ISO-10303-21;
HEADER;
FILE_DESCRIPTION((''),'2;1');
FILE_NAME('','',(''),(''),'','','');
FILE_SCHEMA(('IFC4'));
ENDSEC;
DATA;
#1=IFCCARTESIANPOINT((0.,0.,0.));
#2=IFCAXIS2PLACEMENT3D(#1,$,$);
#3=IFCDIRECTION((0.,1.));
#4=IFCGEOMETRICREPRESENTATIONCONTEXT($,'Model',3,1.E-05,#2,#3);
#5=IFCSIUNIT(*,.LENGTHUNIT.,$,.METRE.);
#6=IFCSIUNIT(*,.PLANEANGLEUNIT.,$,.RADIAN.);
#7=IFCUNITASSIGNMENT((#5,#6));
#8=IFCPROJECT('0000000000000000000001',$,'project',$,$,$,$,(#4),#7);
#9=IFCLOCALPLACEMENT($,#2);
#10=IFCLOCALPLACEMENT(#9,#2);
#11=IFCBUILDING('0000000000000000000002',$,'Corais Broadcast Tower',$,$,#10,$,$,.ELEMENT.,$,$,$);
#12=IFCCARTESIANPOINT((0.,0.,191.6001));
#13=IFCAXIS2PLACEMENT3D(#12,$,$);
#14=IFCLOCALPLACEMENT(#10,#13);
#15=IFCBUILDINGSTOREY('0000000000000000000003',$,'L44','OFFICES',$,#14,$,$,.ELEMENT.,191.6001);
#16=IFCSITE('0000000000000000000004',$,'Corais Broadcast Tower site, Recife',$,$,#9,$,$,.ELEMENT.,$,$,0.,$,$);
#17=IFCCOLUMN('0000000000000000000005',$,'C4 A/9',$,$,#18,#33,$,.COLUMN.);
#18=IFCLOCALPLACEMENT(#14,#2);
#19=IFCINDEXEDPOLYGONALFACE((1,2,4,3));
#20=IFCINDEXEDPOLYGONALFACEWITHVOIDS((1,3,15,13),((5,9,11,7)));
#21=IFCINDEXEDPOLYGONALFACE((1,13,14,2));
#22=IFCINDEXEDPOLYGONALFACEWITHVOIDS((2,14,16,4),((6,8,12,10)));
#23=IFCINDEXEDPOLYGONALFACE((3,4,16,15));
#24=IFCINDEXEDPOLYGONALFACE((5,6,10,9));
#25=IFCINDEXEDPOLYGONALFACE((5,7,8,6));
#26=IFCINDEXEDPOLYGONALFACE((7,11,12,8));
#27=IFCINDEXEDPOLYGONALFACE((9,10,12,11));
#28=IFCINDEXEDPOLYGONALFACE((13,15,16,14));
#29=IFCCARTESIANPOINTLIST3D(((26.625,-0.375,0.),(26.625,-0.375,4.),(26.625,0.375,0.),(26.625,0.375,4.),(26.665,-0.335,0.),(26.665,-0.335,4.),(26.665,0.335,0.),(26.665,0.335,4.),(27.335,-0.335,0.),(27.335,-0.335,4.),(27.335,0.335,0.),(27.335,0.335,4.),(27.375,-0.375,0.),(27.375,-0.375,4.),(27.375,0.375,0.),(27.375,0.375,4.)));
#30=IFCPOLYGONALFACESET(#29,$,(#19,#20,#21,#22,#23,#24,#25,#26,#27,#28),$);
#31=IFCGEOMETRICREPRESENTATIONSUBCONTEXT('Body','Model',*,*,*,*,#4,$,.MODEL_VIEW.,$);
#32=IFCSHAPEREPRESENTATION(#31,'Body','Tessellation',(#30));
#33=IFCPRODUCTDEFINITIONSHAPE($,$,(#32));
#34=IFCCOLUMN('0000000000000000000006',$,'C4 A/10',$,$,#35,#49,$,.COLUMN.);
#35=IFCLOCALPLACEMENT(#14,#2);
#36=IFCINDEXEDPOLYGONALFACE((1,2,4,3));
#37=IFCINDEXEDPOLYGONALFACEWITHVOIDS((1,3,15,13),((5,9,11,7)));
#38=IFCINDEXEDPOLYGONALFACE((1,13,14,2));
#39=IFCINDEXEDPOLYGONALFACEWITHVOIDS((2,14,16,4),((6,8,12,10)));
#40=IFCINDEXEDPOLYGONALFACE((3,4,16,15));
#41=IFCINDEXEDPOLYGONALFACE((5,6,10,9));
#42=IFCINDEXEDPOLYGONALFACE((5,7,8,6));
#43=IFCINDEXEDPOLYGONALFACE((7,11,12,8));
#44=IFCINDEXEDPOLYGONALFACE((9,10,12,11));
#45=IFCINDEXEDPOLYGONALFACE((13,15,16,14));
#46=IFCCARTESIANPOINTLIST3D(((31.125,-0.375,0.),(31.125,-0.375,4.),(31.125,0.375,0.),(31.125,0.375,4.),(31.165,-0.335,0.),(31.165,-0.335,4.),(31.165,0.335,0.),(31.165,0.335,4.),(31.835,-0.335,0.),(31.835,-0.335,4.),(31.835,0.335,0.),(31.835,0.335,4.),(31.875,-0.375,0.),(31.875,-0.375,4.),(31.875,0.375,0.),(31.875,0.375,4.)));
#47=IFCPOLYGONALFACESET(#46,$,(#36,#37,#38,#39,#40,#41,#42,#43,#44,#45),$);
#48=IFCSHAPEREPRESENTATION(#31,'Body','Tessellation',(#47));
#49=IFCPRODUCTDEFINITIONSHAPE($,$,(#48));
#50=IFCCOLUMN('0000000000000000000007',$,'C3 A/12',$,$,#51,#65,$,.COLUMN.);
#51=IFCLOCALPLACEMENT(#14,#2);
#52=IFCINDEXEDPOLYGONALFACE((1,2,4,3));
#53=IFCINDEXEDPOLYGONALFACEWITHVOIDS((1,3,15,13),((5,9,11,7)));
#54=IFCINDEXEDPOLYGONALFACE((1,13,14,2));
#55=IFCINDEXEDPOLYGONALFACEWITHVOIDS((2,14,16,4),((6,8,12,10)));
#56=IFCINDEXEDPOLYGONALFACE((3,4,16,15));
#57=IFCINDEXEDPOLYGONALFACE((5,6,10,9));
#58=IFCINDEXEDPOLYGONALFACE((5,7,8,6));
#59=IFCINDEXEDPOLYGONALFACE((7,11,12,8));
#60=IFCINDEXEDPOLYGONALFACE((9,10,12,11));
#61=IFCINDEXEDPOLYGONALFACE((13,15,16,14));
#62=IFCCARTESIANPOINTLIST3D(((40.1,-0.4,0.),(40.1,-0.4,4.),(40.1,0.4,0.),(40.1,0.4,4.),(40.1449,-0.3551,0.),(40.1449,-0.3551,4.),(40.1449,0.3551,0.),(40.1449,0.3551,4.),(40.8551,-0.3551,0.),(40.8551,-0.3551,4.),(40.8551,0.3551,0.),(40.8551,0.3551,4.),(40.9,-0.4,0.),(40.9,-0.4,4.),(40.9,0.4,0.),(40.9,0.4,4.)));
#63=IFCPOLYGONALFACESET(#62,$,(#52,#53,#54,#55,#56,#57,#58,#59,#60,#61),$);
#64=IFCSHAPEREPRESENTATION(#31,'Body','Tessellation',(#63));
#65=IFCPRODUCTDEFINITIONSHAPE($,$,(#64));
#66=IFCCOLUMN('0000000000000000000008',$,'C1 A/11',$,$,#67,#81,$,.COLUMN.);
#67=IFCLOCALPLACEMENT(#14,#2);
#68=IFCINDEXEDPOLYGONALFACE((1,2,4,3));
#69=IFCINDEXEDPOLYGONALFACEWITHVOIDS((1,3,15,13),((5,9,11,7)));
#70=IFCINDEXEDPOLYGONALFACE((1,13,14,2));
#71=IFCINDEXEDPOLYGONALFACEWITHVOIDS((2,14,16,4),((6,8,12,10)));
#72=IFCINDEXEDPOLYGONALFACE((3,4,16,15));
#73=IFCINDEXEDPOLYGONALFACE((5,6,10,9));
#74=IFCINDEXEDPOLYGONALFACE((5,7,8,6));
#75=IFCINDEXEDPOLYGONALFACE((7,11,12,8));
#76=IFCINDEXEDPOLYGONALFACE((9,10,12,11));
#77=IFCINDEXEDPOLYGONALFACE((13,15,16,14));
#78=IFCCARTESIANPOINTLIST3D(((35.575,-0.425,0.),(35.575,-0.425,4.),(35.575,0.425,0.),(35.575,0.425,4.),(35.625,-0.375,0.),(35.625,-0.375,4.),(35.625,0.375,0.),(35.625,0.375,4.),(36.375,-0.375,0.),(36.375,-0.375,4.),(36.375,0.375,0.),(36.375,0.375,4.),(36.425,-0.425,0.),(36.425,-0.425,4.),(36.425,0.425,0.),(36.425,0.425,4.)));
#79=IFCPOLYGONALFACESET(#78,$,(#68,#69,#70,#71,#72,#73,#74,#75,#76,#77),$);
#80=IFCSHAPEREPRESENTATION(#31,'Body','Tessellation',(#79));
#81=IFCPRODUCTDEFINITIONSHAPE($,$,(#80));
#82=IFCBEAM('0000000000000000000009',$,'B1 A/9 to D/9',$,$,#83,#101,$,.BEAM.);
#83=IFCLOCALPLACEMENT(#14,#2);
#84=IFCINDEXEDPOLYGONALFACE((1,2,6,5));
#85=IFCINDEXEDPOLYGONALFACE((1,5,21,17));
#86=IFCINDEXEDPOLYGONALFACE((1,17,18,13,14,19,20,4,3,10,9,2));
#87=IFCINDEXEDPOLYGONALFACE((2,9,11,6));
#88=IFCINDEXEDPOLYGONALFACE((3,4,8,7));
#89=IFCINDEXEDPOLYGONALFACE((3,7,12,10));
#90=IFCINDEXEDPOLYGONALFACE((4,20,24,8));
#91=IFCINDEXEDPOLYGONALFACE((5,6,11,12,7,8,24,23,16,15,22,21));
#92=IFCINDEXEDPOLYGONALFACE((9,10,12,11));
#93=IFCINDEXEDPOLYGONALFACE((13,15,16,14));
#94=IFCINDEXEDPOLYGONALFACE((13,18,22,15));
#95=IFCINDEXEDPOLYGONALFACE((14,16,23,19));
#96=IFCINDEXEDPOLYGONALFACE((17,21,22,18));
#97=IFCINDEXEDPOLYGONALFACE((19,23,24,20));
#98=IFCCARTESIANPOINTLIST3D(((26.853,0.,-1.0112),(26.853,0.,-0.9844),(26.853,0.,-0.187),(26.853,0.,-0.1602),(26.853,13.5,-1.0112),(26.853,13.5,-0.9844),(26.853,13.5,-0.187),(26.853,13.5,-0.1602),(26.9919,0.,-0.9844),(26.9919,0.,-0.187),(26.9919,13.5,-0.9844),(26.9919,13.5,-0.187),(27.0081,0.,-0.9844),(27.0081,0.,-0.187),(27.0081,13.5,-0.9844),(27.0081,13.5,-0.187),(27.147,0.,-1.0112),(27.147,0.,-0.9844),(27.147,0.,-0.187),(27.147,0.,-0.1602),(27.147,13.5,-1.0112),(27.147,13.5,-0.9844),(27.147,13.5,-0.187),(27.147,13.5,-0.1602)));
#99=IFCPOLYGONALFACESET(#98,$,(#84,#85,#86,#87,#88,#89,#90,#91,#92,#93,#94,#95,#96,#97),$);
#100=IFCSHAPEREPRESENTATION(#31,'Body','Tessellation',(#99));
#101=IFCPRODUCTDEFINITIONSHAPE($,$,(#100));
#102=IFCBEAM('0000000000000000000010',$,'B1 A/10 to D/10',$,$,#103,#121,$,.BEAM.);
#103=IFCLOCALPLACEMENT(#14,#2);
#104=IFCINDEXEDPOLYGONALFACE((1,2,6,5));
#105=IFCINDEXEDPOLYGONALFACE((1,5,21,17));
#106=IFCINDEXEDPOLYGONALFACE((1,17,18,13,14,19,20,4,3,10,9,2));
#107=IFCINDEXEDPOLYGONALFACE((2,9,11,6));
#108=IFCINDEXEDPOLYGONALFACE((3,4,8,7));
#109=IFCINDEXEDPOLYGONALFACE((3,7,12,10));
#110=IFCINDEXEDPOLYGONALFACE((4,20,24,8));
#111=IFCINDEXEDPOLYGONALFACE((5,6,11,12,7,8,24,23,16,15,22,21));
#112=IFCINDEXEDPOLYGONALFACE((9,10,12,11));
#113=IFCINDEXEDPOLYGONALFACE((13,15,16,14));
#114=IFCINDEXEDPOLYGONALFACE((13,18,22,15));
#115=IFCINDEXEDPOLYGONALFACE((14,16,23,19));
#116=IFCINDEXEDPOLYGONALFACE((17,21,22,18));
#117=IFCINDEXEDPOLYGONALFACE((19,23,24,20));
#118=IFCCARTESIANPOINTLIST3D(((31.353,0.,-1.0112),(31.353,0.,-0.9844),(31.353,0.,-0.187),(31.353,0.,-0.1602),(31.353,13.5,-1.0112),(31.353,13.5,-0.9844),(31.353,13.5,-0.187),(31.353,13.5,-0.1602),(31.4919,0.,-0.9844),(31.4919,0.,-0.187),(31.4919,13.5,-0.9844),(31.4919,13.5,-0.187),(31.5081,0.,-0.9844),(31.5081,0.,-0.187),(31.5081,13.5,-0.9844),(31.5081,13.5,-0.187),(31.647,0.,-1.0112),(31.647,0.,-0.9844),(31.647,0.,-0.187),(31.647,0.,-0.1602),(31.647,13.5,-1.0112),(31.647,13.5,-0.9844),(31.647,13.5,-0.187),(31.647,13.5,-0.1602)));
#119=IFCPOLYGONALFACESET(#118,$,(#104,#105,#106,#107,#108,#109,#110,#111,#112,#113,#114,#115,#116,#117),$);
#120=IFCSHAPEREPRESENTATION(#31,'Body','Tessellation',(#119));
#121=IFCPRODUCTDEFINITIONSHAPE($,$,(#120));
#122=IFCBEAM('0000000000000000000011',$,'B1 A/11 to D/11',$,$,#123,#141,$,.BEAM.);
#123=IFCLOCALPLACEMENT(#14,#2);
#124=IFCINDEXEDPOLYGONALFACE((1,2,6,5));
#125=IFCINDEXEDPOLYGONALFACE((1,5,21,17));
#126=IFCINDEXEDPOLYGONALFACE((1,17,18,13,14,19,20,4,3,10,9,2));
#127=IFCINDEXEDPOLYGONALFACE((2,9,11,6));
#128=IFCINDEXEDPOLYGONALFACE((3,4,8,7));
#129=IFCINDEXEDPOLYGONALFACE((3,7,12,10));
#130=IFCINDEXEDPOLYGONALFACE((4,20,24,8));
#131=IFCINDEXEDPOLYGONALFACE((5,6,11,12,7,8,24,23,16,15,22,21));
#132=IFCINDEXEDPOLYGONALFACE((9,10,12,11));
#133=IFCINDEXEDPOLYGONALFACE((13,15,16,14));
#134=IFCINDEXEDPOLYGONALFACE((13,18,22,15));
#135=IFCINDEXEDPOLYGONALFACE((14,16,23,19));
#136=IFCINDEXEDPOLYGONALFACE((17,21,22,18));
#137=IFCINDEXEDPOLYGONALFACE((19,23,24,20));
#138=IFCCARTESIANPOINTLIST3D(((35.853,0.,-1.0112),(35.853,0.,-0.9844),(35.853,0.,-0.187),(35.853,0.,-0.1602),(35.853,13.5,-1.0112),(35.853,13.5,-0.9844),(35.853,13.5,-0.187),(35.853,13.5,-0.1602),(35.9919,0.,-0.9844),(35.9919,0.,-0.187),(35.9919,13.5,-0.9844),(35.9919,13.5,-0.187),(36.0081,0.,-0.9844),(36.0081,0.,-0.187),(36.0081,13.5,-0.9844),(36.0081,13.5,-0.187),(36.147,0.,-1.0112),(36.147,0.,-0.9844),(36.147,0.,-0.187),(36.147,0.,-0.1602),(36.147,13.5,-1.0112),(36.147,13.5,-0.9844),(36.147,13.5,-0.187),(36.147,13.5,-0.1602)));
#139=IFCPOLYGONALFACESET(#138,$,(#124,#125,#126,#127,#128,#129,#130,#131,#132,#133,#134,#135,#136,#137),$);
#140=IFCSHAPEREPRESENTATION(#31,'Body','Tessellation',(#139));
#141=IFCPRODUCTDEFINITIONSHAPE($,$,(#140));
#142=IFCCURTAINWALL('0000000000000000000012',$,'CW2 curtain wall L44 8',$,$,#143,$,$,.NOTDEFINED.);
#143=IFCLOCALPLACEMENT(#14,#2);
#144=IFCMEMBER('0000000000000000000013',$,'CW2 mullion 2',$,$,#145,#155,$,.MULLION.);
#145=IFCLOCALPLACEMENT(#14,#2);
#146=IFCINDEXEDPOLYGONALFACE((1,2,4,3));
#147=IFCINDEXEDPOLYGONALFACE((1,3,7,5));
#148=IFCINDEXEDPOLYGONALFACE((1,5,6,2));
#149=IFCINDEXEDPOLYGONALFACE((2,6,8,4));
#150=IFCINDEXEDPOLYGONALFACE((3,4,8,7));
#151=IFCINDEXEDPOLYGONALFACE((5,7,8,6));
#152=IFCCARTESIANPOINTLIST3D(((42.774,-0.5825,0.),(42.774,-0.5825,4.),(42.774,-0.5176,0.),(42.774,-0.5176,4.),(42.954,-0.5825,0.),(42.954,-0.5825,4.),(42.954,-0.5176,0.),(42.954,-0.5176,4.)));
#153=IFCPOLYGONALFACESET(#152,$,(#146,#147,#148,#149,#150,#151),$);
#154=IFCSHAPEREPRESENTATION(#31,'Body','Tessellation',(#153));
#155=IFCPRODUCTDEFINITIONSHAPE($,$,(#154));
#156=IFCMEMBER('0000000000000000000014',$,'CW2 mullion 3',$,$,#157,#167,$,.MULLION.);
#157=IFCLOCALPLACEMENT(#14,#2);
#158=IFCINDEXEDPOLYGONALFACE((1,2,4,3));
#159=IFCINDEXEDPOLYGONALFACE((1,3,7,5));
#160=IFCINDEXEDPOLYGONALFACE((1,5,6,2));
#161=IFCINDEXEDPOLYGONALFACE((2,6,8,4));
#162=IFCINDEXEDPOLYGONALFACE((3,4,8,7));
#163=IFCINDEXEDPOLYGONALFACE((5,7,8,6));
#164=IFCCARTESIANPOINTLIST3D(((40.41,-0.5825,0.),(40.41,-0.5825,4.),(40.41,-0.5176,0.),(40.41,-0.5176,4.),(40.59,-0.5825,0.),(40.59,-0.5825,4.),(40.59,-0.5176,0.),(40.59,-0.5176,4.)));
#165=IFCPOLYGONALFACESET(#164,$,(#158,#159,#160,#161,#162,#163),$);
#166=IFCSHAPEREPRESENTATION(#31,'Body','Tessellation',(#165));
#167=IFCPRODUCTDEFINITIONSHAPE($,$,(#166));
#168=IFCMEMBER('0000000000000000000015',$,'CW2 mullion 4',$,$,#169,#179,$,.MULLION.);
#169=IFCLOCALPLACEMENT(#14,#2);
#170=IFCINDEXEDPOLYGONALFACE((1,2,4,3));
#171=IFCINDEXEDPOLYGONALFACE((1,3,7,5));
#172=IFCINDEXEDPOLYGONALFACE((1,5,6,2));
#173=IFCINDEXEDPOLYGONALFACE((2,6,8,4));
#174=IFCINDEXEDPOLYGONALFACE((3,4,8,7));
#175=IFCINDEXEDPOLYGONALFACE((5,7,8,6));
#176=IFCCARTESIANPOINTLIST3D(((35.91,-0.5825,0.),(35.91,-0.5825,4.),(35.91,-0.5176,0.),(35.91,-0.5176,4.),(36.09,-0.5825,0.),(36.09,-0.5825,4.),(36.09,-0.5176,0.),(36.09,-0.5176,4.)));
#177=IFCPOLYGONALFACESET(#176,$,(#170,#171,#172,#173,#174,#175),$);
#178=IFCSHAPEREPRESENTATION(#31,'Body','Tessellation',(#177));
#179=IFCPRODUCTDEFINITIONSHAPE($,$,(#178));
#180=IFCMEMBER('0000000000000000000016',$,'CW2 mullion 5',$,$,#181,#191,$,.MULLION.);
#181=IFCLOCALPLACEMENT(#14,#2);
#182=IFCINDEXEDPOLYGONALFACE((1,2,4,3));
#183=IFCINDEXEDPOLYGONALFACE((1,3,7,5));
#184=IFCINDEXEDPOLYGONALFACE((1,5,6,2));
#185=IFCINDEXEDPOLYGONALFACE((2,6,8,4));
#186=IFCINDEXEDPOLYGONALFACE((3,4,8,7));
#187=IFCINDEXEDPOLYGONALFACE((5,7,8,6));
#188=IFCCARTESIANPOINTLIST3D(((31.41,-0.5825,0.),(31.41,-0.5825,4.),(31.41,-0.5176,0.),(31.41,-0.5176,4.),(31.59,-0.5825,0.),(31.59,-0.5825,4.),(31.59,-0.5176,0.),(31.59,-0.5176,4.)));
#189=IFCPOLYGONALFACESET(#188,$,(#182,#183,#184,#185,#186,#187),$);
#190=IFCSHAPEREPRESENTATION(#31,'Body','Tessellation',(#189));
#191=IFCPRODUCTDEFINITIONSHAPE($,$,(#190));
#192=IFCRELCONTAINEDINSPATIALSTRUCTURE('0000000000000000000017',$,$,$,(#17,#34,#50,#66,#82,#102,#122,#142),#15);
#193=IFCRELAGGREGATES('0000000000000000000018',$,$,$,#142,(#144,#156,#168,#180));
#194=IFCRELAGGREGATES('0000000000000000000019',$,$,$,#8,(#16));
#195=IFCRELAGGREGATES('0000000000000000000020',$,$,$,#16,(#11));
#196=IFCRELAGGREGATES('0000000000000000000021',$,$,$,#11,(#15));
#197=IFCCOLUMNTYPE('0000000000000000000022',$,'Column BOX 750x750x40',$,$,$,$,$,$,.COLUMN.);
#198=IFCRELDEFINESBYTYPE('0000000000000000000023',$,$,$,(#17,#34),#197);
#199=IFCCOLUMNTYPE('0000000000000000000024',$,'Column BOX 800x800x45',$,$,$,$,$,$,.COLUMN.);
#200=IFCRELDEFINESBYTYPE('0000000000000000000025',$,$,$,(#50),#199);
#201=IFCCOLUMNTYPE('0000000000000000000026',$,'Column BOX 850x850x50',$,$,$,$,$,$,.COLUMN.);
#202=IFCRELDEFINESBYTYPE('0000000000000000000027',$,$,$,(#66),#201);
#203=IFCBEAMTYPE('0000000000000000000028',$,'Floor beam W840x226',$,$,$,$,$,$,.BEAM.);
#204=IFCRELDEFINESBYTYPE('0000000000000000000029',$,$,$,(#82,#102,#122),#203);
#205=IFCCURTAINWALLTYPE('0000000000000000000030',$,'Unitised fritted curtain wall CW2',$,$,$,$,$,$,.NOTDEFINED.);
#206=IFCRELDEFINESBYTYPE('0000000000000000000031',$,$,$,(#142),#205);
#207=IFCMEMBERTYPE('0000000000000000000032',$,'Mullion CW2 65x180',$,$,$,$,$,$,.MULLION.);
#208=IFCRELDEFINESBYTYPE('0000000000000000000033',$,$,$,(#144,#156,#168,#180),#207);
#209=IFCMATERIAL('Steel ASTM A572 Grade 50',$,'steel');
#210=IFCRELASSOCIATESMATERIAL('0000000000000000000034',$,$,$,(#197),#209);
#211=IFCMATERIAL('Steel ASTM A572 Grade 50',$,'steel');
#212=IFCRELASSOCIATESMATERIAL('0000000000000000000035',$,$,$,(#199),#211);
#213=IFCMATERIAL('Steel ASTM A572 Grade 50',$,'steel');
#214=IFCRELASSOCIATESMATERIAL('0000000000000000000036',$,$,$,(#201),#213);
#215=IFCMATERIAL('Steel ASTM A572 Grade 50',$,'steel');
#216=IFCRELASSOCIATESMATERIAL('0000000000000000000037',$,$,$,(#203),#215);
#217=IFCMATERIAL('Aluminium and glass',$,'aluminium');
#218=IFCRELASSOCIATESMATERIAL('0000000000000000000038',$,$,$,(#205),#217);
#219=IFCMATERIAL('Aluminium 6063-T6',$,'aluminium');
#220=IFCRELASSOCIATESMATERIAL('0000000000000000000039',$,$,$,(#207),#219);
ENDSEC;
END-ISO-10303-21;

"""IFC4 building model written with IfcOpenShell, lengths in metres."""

from ifc_helpers import new_model, si_unit, direction, frame, origin, origin_2d, place, context, subcontext, project, spatial, rectangle, hollow_rectangle, i_section, extrude, material, material_profile, profile_set, type_object, element, aggregate, save


model = new_model("IFC4")

# Units and contexts
model_context = context("Model", 3, precision=1e-05, world=origin(), true_north=direction((0.0, 1.0)))
body_context = subcontext(model_context, "Body", "Model", "MODEL_VIEW")
ifc_project = project(units=[si_unit("LENGTHUNIT", "METRE"), si_unit("PLANEANGLEUNIT", "RADIAN")], contexts=[model_context])

# Site, building, storey
site_placement = place(None, origin())
site = spatial("IfcSite", under=ifc_project, at=site_placement, Name="Corais Broadcast Tower site, Recife", CompositionType="ELEMENT", RefElevation=0.0)
building_placement = place(site_placement, origin())
building = spatial("IfcBuilding", under=site, at=building_placement, Name="Corais Broadcast Tower", CompositionType="ELEMENT")
storey_placement = place(building_placement, frame((0.0, 0.0, 191.6001)))
storey = spatial("IfcBuildingStorey", under=building, at=storey_placement, Name="L44", Description="OFFICES", CompositionType="ELEMENT", Elevation=191.6001)

# Columns
ifc_material_1 = material(Name="Steel ASTM A572 Grade 50", Category="steel")
ifc_material_profile_1 = material_profile(ifc_material_1, hollow_rectangle(XDim=0.75, YDim=0.75, WallThickness=0.04, at=origin_2d()), Name="BOX 750x750x40")
ifc_profile_set_1 = profile_set([ifc_material_profile_1], Name="Steel ASTM A572 Grade 50")
column_type_1 = type_object("IfcColumnType", Name="Column BOX 750x750x40", PredefinedType="COLUMN", material=ifc_profile_set_1)
for number, where, z_axis, x_axis, name in (
    (1, (27.0, 0.0, 0.0), (0.0, 0.0, 1.0), (1.0, 0.0, 0.0), "C4 A/9"),
    (2, (31.5, 0.0, 0.0), (0.0, 0.0, 1.0), (1.0, 0.0, 0.0), "C4 A/10"),
):
    element("IfcColumn", number, at=place(storey_placement, frame(where, z_axis=z_axis, x_axis=x_axis)), inside=storey, type_object=column_type_1, Name=name, PredefinedType="COLUMN", context=body_context, shape_type="SweptSolid", body=[
        extrude(hollow_rectangle(XDim=0.75, YDim=0.75, WallThickness=0.04, at=origin_2d()), origin(), (0.0, 0.0, 1.0), 4.0),
    ])
ifc_material_2 = material(Name="Steel ASTM A572 Grade 50", Category="steel")
ifc_material_profile_2 = material_profile(ifc_material_2, hollow_rectangle(XDim=0.8, YDim=0.8, WallThickness=0.0449, at=origin_2d()), Name="BOX 800x800x45")
ifc_profile_set_2 = profile_set([ifc_material_profile_2], Name="Steel ASTM A572 Grade 50")
column_type_2 = type_object("IfcColumnType", Name="Column BOX 800x800x45", PredefinedType="COLUMN", material=ifc_profile_set_2)
column_1_placement = place(storey_placement, frame((40.5, 0.0, 0.0), z_axis=(0.0, 0.0, 1.0), x_axis=(1.0, 0.0, 0.0)))
element("IfcColumn", 3, at=column_1_placement, inside=storey, type_object=column_type_2, Name="C3 A/12", PredefinedType="COLUMN", context=body_context, shape_type="SweptSolid", body=[
    extrude(hollow_rectangle(XDim=0.8, YDim=0.8, WallThickness=0.0449, at=origin_2d()), origin(), (0.0, 0.0, 1.0), 4.0),
])
ifc_material_3 = material(Name="Steel ASTM A572 Grade 50", Category="steel")
ifc_material_profile_3 = material_profile(ifc_material_3, hollow_rectangle(XDim=0.8501, YDim=0.8501, WallThickness=0.05, at=origin_2d()), Name="BOX 850x850x50")
ifc_profile_set_3 = profile_set([ifc_material_profile_3], Name="Steel ASTM A572 Grade 50")
column_type_3 = type_object("IfcColumnType", Name="Column BOX 850x850x50", PredefinedType="COLUMN", material=ifc_profile_set_3)
column_2_placement = place(storey_placement, frame((36.0, 0.0, 0.0), z_axis=(0.0, 0.0, 1.0), x_axis=(1.0, 0.0, 0.0)))
element("IfcColumn", 4, at=column_2_placement, inside=storey, type_object=column_type_3, Name="C1 A/11", PredefinedType="COLUMN", context=body_context, shape_type="SweptSolid", body=[
    extrude(hollow_rectangle(XDim=0.8501, YDim=0.8501, WallThickness=0.05, at=origin_2d()), origin(), (0.0, 0.0, 1.0), 4.0),
])

# Beams
ifc_material_4 = material(Name="Steel ASTM A572 Grade 50", Category="steel")
ifc_material_profile_4 = material_profile(ifc_material_4, i_section(OverallWidth=0.2939, OverallDepth=0.8511, WebThickness=0.0161, FlangeThickness=0.0269, at=origin_2d()), Name="W840x226")
ifc_profile_set_4 = profile_set([ifc_material_profile_4], Name="Steel ASTM A572 Grade 50")
beam_type_1 = type_object("IfcBeamType", Name="Floor beam W840x226", PredefinedType="BEAM", material=ifc_profile_set_4)
for number, where, z_axis, x_axis, name in (
    (5, (27.0, 0.0, -0.5857), (0.0, 1.0, 0.0), (-1.0, 0.0, 0.0), "B1 A/9 to D/9"),
    (6, (31.5, 0.0, -0.5857), (0.0, 1.0, 0.0), (-1.0, 0.0, 0.0), "B1 A/10 to D/10"),
    (7, (36.0, 0.0, -0.5857), (0.0, 1.0, 0.0), (-1.0, 0.0, 0.0), "B1 A/11 to D/11"),
):
    element("IfcBeam", number, at=place(storey_placement, frame(where, z_axis=z_axis, x_axis=x_axis)), inside=storey, type_object=beam_type_1, Name=name, PredefinedType="BEAM", context=body_context, shape_type="SweptSolid", body=[
        extrude(i_section(OverallWidth=0.2939, OverallDepth=0.8511, WebThickness=0.0161, FlangeThickness=0.0269, at=origin_2d()), origin(), (0.0, 0.0, 1.0), 13.5),
    ])

# Curtain wall, members
ifc_material_5 = material(Name="Aluminium and glass", Category="aluminium")
curtain_wall_type = type_object("IfcCurtainWallType", Name="Unitised fritted curtain wall CW2", PredefinedType="NOTDEFINED", material=ifc_material_5)
curtain_wall_placement = place(storey_placement, origin())
curtain_wall = element("IfcCurtainWall", 8, at=curtain_wall_placement, inside=storey, type_object=curtain_wall_type, Name="CW2 curtain wall L44 8", PredefinedType="NOTDEFINED")
ifc_material_6 = material(Name="Aluminium 6063-T6", Category="aluminium")
ifc_material_profile_5 = material_profile(ifc_material_6, rectangle(XDim=0.0649, YDim=0.1799, at=origin_2d()), Name="Mullion CW2 65x180")
ifc_profile_set_5 = profile_set([ifc_material_profile_5], Name="Aluminium 6063-T6")
member_type_1 = type_object("IfcMemberType", Name="Mullion CW2 65x180", PredefinedType="MULLION", material=ifc_profile_set_5)
member_1_placement = place(storey_placement, frame((42.864, -0.55, 0.0), z_axis=(0.0, 0.0, 1.0), x_axis=(0.0, -1.0, 0.0)))
member_1 = element("IfcMember", 9, at=member_1_placement, type_object=member_type_1, Name="CW2 mullion 2", PredefinedType="MULLION", context=body_context, shape_type="SweptSolid", body=[
    extrude(rectangle(XDim=0.0649, YDim=0.1799, at=origin_2d()), origin(), (0.0, 0.0, 1.0), 4.0),
])
member_2_placement = place(storey_placement, frame((40.5, -0.55, 0.0), z_axis=(0.0, 0.0, 1.0), x_axis=(0.0, -1.0, 0.0)))
member_2 = element("IfcMember", 10, at=member_2_placement, type_object=member_type_1, Name="CW2 mullion 3", PredefinedType="MULLION", context=body_context, shape_type="SweptSolid", body=[
    extrude(rectangle(XDim=0.0649, YDim=0.1799, at=origin_2d()), origin(), (0.0, 0.0, 1.0), 4.0),
])
member_3_placement = place(storey_placement, frame((36.0, -0.55, 0.0), z_axis=(0.0, 0.0, 1.0), x_axis=(0.0, -1.0, 0.0)))
member_3 = element("IfcMember", 11, at=member_3_placement, type_object=member_type_1, Name="CW2 mullion 4", PredefinedType="MULLION", context=body_context, shape_type="SweptSolid", body=[
    extrude(rectangle(XDim=0.0649, YDim=0.1799, at=origin_2d()), origin(), (0.0, 0.0, 1.0), 4.0),
])
member_4_placement = place(storey_placement, frame((31.5, -0.55, 0.0), z_axis=(0.0, 0.0, 1.0), x_axis=(0.0, -1.0, 0.0)))
member_4 = element("IfcMember", 12, at=member_4_placement, type_object=member_type_1, Name="CW2 mullion 5", PredefinedType="MULLION", context=body_context, shape_type="SweptSolid", body=[
    extrude(rectangle(XDim=0.0649, YDim=0.1799, at=origin_2d()), origin(), (0.0, 0.0, 1.0), 4.0),
])

aggregate(curtain_wall, [member_1, member_2, member_3, member_4])

save(model, "model.ifc")
